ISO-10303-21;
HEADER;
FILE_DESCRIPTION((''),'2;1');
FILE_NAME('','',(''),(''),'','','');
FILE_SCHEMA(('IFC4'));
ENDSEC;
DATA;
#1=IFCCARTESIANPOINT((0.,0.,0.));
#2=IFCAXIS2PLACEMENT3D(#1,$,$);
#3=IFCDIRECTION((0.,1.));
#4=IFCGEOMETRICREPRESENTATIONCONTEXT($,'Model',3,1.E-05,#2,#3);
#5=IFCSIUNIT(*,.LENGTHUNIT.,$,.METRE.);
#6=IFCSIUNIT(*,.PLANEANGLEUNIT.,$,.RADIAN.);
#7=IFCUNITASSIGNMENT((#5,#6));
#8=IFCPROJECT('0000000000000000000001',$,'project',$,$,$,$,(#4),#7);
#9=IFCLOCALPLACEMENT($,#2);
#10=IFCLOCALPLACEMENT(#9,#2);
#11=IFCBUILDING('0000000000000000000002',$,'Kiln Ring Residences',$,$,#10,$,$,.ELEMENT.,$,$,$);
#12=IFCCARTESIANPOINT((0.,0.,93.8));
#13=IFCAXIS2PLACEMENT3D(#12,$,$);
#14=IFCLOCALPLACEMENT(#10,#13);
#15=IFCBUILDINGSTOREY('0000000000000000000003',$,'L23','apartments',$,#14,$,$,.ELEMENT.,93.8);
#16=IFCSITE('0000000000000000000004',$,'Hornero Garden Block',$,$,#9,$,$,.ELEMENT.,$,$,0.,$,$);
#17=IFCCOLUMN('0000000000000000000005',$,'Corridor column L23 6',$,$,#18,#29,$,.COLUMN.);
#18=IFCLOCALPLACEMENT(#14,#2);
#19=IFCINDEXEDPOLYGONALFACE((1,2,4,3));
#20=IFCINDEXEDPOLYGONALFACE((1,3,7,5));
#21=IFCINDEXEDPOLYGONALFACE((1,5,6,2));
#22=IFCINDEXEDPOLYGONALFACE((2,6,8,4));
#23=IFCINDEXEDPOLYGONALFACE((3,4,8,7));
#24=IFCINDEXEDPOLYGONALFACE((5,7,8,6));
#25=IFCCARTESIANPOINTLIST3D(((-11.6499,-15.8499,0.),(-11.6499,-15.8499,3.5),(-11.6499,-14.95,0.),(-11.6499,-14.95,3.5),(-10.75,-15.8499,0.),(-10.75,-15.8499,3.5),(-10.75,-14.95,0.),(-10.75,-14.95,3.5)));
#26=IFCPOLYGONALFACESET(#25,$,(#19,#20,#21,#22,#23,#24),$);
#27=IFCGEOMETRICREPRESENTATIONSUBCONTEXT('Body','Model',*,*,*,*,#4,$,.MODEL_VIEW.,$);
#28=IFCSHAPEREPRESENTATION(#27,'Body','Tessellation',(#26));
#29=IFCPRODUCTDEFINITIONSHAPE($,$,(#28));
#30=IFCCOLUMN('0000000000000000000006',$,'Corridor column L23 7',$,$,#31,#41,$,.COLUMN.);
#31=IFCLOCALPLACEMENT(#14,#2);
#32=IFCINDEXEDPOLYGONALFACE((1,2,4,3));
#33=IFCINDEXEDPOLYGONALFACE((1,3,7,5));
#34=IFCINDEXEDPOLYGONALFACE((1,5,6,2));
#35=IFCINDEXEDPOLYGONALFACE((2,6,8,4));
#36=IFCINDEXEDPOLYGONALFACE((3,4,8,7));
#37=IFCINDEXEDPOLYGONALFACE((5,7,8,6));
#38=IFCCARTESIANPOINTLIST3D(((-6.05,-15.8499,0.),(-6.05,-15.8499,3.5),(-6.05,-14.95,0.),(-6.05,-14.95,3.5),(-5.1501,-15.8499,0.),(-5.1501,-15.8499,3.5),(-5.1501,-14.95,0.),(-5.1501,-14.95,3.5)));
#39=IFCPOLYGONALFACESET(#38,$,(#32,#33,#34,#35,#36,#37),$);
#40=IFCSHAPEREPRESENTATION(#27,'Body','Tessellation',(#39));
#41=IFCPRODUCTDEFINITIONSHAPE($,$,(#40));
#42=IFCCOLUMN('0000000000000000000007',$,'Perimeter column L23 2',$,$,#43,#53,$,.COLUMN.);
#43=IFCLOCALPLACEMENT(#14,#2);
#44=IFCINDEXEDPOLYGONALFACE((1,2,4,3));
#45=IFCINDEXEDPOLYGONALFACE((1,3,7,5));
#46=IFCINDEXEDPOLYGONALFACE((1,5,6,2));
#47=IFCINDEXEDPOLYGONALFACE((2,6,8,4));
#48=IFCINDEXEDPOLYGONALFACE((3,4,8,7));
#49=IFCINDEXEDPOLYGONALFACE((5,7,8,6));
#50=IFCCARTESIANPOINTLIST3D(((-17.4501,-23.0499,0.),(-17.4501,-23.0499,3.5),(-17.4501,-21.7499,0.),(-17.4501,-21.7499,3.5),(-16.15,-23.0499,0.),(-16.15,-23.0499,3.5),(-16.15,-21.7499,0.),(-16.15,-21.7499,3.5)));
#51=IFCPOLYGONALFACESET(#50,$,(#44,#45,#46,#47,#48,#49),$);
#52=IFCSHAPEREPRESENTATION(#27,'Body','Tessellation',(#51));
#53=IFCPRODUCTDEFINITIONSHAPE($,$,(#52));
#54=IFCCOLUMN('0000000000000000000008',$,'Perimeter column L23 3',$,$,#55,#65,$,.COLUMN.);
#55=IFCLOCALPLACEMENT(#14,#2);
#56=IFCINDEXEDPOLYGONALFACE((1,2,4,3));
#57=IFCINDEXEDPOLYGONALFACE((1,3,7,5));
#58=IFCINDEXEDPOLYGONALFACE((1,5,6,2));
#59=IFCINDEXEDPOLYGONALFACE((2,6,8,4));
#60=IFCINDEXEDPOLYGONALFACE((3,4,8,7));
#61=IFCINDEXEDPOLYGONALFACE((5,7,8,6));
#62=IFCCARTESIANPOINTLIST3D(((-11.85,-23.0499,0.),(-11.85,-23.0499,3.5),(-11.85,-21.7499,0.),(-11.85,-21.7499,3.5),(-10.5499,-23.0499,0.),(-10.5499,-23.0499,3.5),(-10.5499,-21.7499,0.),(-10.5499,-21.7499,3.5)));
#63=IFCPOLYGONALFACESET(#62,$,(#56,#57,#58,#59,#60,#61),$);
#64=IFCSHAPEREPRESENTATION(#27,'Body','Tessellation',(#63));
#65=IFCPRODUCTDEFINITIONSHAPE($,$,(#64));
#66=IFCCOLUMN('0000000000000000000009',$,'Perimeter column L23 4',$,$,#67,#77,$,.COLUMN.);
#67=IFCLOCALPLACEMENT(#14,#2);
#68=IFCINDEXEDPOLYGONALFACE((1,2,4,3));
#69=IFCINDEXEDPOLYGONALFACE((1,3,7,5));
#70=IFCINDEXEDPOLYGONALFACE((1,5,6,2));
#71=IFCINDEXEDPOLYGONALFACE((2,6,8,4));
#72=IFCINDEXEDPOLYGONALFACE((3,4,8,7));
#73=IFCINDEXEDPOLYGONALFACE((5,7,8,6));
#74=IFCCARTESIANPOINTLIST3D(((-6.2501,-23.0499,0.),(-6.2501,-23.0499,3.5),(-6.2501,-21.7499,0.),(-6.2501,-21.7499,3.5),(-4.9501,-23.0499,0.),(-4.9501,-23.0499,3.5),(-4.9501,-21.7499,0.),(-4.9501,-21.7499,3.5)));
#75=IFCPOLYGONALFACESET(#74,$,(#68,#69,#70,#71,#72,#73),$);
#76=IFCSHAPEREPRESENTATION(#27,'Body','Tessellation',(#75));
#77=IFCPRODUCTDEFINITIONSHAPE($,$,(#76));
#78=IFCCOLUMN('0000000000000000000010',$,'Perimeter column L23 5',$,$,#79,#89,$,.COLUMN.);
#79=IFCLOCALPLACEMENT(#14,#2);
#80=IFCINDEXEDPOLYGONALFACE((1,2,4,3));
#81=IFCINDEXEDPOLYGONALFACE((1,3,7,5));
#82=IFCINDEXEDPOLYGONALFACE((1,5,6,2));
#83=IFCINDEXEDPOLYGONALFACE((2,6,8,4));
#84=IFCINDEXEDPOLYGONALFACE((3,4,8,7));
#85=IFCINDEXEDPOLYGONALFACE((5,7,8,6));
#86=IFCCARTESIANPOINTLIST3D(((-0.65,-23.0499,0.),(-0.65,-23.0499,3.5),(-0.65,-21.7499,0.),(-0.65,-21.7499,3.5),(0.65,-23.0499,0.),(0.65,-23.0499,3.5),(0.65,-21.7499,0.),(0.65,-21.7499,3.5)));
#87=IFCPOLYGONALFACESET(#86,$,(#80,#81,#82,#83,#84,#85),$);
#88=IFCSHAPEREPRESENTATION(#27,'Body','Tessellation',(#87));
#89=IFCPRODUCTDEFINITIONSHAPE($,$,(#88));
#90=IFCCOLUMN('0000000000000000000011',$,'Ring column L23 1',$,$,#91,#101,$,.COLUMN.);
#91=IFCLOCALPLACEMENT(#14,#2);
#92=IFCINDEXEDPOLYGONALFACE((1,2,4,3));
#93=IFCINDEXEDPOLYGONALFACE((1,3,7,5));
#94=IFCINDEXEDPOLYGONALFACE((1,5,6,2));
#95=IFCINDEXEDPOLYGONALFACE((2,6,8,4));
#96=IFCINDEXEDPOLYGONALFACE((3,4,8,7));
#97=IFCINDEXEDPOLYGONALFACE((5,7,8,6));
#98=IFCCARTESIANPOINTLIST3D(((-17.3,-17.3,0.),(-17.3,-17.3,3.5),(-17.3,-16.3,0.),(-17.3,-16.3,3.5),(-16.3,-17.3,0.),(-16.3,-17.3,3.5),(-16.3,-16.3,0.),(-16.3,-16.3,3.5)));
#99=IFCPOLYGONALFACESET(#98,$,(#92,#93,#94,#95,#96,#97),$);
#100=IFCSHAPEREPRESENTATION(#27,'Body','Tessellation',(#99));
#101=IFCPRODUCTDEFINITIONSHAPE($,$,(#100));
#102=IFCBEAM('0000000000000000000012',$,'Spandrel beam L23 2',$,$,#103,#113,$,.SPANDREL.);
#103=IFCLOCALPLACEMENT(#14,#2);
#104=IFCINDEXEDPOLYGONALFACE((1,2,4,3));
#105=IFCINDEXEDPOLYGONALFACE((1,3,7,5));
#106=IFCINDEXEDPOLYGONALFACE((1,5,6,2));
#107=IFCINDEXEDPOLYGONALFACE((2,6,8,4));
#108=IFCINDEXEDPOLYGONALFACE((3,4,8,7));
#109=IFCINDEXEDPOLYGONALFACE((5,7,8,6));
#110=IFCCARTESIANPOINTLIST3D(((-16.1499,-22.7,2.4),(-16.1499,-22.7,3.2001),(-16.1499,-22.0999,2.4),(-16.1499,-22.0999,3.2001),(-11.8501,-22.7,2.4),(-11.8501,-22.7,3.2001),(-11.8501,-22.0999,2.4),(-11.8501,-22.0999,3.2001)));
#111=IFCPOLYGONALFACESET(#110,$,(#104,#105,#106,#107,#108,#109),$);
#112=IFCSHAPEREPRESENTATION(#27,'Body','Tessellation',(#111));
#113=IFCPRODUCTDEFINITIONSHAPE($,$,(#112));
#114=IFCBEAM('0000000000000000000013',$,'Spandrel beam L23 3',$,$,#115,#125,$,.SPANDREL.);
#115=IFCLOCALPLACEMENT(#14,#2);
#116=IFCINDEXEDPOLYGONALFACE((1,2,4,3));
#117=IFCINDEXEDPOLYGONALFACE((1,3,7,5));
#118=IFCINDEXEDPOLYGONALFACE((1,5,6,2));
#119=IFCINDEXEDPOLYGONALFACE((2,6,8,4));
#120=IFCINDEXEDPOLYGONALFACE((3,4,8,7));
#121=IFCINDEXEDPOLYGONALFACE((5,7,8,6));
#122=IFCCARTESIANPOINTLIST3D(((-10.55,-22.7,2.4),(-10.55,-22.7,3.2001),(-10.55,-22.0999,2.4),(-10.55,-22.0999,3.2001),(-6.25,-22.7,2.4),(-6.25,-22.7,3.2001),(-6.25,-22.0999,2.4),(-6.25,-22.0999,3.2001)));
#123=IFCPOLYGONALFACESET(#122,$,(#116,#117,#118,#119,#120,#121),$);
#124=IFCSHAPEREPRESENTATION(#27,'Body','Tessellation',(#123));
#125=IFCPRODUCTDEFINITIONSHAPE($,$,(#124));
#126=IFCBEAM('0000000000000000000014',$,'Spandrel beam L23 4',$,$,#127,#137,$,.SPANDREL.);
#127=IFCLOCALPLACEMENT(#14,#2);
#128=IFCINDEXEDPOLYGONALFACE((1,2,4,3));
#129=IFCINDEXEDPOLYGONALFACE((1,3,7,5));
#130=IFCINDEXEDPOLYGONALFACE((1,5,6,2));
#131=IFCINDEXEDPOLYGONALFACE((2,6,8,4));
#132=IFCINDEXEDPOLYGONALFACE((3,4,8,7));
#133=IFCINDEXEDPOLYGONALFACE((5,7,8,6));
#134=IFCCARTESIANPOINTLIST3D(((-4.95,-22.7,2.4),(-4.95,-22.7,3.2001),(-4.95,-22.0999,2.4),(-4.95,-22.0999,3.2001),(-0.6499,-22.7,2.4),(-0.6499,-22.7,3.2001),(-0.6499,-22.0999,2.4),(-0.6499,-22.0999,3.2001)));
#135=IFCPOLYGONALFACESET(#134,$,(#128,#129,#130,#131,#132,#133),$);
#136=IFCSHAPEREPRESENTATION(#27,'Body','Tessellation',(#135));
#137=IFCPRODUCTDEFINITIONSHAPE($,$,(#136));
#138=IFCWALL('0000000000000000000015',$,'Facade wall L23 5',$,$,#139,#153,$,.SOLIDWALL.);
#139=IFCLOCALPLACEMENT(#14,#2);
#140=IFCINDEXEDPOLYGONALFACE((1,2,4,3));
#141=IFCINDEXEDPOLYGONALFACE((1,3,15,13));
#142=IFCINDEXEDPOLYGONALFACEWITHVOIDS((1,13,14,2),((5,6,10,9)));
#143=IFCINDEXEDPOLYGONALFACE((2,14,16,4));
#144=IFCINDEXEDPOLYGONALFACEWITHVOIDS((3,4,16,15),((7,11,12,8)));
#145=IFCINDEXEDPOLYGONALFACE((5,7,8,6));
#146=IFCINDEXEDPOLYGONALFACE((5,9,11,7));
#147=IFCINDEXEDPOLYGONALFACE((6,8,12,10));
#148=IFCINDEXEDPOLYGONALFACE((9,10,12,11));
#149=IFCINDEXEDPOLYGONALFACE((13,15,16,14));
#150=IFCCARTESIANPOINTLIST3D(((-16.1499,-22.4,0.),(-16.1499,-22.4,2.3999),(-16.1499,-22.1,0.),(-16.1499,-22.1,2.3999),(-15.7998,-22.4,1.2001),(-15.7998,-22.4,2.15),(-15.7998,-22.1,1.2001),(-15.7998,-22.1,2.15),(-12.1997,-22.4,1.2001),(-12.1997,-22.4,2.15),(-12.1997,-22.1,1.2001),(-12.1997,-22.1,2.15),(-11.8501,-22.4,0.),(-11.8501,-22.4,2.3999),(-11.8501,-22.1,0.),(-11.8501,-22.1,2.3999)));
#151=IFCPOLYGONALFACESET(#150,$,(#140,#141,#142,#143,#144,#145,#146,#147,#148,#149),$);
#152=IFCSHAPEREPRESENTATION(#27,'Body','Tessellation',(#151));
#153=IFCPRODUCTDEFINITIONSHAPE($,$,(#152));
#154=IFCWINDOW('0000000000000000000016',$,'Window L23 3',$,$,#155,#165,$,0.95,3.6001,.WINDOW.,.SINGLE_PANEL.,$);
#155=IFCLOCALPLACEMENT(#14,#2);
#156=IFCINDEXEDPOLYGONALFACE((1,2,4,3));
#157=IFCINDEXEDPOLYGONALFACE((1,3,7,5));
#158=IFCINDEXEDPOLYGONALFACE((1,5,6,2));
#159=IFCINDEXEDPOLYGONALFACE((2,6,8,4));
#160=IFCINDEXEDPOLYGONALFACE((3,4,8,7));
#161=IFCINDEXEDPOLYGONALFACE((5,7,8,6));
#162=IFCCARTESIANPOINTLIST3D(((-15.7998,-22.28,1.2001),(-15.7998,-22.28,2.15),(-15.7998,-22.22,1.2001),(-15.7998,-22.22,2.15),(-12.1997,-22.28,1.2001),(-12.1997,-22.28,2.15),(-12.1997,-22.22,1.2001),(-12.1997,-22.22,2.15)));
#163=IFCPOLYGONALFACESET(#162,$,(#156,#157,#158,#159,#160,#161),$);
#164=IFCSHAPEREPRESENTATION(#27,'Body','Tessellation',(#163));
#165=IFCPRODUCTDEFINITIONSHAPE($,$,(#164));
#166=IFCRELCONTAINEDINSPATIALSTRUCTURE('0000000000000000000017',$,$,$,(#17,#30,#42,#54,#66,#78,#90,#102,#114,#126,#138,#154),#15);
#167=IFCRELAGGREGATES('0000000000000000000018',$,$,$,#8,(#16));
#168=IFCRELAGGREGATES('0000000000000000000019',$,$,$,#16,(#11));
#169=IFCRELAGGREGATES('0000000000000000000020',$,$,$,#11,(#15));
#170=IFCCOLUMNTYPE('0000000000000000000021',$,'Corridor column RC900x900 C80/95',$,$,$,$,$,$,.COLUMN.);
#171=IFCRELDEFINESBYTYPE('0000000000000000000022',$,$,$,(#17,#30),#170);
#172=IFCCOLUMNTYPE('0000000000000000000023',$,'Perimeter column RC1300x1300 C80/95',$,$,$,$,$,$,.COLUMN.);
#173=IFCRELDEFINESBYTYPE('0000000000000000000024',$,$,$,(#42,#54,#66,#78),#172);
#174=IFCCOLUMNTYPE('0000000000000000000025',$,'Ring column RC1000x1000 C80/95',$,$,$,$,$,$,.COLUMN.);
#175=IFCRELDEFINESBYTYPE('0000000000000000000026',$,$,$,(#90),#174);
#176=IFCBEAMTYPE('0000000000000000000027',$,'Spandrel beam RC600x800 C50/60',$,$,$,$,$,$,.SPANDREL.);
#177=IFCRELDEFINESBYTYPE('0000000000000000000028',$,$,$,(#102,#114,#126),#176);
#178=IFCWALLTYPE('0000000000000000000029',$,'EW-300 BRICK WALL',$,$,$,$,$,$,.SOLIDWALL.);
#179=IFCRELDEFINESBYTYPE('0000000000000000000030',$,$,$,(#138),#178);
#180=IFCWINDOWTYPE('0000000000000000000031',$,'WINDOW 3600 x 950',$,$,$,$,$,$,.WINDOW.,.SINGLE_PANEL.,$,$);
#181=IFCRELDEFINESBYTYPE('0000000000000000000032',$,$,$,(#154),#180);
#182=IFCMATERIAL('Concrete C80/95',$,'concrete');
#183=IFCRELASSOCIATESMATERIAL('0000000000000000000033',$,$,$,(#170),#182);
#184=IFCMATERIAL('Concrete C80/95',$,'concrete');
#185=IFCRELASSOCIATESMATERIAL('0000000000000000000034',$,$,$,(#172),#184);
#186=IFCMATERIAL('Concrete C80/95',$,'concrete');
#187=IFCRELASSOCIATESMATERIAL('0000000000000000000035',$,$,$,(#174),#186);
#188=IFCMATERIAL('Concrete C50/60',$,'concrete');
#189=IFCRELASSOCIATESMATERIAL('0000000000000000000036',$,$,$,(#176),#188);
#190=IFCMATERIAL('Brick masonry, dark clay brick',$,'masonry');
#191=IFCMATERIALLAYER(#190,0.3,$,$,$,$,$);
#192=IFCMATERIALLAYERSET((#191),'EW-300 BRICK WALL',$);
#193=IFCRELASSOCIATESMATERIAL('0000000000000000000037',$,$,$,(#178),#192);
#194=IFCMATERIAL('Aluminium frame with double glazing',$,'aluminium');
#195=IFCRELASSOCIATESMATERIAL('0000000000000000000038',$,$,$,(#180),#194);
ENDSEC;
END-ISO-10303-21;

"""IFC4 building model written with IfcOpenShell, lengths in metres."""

from ifc_helpers import new_model, si_unit, direction, frame, frame_2d, origin, origin_2d, place, context, subcontext, project, spatial, rectangle, extrude, material, layer, layer_set, material_profile, profile_set, type_object, element, fill, save


model = new_model("IFC4")

# Units and contexts
model_context = context("Model", 3, precision=1e-05, world=origin(), true_north=direction((0.0, 1.0)))
body_context = subcontext(model_context, "Body", "Model", "MODEL_VIEW")
ifc_project = project(units=[si_unit("LENGTHUNIT", "METRE"), si_unit("PLANEANGLEUNIT", "RADIAN")], contexts=[model_context])

# Site, building, storey
site_placement = place(None, origin())
site = spatial("IfcSite", under=ifc_project, at=site_placement, Name="Hornero Garden Block", CompositionType="ELEMENT", RefElevation=0.0)
building_placement = place(site_placement, origin())
building = spatial("IfcBuilding", under=site, at=building_placement, Name="Kiln Ring Residences", CompositionType="ELEMENT")
storey_placement = place(building_placement, frame((0.0, 0.0, 93.8)))
storey = spatial("IfcBuildingStorey", under=building, at=storey_placement, Name="L23", Description="apartments", CompositionType="ELEMENT", Elevation=93.8)

# Columns
ifc_material_1 = material(Name="Concrete C80/95", Category="concrete")
ifc_material_profile_1 = material_profile(ifc_material_1, rectangle(XDim=0.8999, YDim=0.8999, at=origin_2d()), Name="RC900x900")
ifc_profile_set_1 = profile_set([ifc_material_profile_1], Name="Concrete C80/95")
column_type_1 = type_object("IfcColumnType", Name="Corridor column RC900x900 C80/95", PredefinedType="COLUMN", material=ifc_profile_set_1)
for number, where, z_axis, x_axis, name in (
    (1, (-11.2, -15.3999, 0.0), (0.0, 0.0, 1.0), (1.0, 0.0, 0.0), "Corridor column L23 6"),
    (2, (-5.6001, -15.3999, 0.0), (0.0, 0.0, 1.0), (1.0, 0.0, 0.0), "Corridor column L23 7"),
):
    element("IfcColumn", number, at=place(storey_placement, frame(where, z_axis=z_axis, x_axis=x_axis)), inside=storey, type_object=column_type_1, Name=name, PredefinedType="COLUMN", context=body_context, shape_type="SweptSolid", body=[
        extrude(rectangle(XDim=0.8999, YDim=0.8999, at=origin_2d()), origin(), (0.0, 0.0, 1.0), 3.5),
    ])
ifc_material_2 = material(Name="Concrete C80/95", Category="concrete")
ifc_material_profile_2 = material_profile(ifc_material_2, rectangle(XDim=1.3, YDim=1.3, at=origin_2d()), Name="RC1300x1300")
ifc_profile_set_2 = profile_set([ifc_material_profile_2], Name="Concrete C80/95")
column_type_2 = type_object("IfcColumnType", Name="Perimeter column RC1300x1300 C80/95", PredefinedType="COLUMN", material=ifc_profile_set_2)
for number, where, z_axis, x_axis, name in (
    (3, (-16.8, -22.3999, 0.0), (0.0, 0.0, 1.0), (1.0, 0.0, 0.0), "Perimeter column L23 2"),
    (4, (-11.2, -22.3999, 0.0), (0.0, 0.0, 1.0), (1.0, 0.0, 0.0), "Perimeter column L23 3"),
    (5, (-5.6001, -22.3999, 0.0), (0.0, 0.0, 1.0), (1.0, 0.0, 0.0), "Perimeter column L23 4"),
    (6, (0.0, -22.3999, 0.0), (0.0, 0.0, 1.0), (1.0, 0.0, 0.0), "Perimeter column L23 5"),
):
    element("IfcColumn", number, at=place(storey_placement, frame(where, z_axis=z_axis, x_axis=x_axis)), inside=storey, type_object=column_type_2, Name=name, PredefinedType="COLUMN", context=body_context, shape_type="SweptSolid", body=[
        extrude(rectangle(XDim=1.3, YDim=1.3, at=origin_2d()), origin(), (0.0, 0.0, 1.0), 3.5),
    ])
ifc_material_3 = material(Name="Concrete C80/95", Category="concrete")
ifc_material_profile_3 = material_profile(ifc_material_3, rectangle(XDim=1.0, YDim=1.0, at=origin_2d()), Name="RC1000x1000")
ifc_profile_set_3 = profile_set([ifc_material_profile_3], Name="Concrete C80/95")
column_type_3 = type_object("IfcColumnType", Name="Ring column RC1000x1000 C80/95", PredefinedType="COLUMN", material=ifc_profile_set_3)
column_placement = place(storey_placement, frame((-16.8, -16.8, 0.0), z_axis=(0.0, 0.0, 1.0), x_axis=(1.0, 0.0, 0.0)))
element("IfcColumn", 7, at=column_placement, inside=storey, type_object=column_type_3, Name="Ring column L23 1", PredefinedType="COLUMN", context=body_context, shape_type="SweptSolid", body=[
    extrude(rectangle(XDim=1.0, YDim=1.0, at=origin_2d()), origin(), (0.0, 0.0, 1.0), 3.5),
])

# Beams
ifc_material_4 = material(Name="Concrete C50/60", Category="concrete")
ifc_material_profile_4 = material_profile(ifc_material_4, rectangle(XDim=0.6001, YDim=0.8, at=origin_2d()), Name="RC600x800")
ifc_profile_set_4 = profile_set([ifc_material_profile_4], Name="Concrete C50/60")
beam_type = type_object("IfcBeamType", Name="Spandrel beam RC600x800 C50/60", PredefinedType="SPANDREL", material=ifc_profile_set_4)
beam_placement = place(storey_placement, frame((-16.1499, -22.3999, 2.8), z_axis=(1.0, 0.0, 0.0), x_axis=(0.0, 1.0, 0.0)))
element("IfcBeam", 8, at=beam_placement, inside=storey, type_object=beam_type, Name="Spandrel beam L23 2", PredefinedType="SPANDREL", context=body_context, shape_type="SweptSolid", body=[
    extrude(rectangle(XDim=0.6001, YDim=0.8, at=origin_2d()), origin(), (0.0, 0.0, 1.0), 4.2998),
])
for number, where, z_axis, x_axis, name in (
    (9, (-10.55, -22.3999, 2.8), (1.0, 0.0, 0.0), (0.0, 1.0, 0.0), "Spandrel beam L23 3"),
    (10, (-4.95, -22.3999, 2.8), (1.0, 0.0, 0.0), (0.0, 1.0, 0.0), "Spandrel beam L23 4"),
):
    element("IfcBeam", number, at=place(storey_placement, frame(where, z_axis=z_axis, x_axis=x_axis)), inside=storey, type_object=beam_type, Name=name, PredefinedType="SPANDREL", context=body_context, shape_type="SweptSolid", body=[
        extrude(rectangle(XDim=0.6001, YDim=0.8, at=origin_2d()), origin(), (0.0, 0.0, 1.0), 4.3),
    ])

# Wall, opening, window
ifc_material_5 = material(Name="Brick masonry, dark clay brick", Category="masonry")
ifc_layer_1 = layer(ifc_material_5, 0.3)
ifc_layer_set_1 = layer_set([ifc_layer_1], Name="EW-300 BRICK WALL")
wall_type_1 = type_object("IfcWallType", Name="EW-300 BRICK WALL", PredefinedType="SOLIDWALL", material=ifc_layer_set_1)
wall_1_placement = place(storey_placement, frame((-16.1499, -22.25, 0.0), z_axis=(0.0, 0.0, 1.0), x_axis=(1.0, 0.0, 0.0)))
wall_1 = element("IfcWall", 11, at=wall_1_placement, inside=storey, type_object=wall_type_1, Name="Facade wall L23 5", PredefinedType="SOLIDWALL", context=body_context, shape_type="SweptSolid", body=[
    extrude(rectangle(XDim=4.2998, YDim=0.3, at=frame_2d((2.1499, 0.0))), origin(), (0.0, 0.0, 1.0), 2.3999),
])
opening_1_placement = place(wall_1_placement, frame((0.3501, 0.0, 1.2)))
opening_1 = element("IfcOpeningElement", 12, at=opening_1_placement, cuts=wall_1, PredefinedType="OPENING", context=body_context, shape_type="SweptSolid", body=[
    extrude(rectangle(XDim=3.6001, YDim=0.95, at=frame_2d((1.8, 0.4751))), frame((0.0, 0.1599, 0.0), z_axis=(0.0, -1.0, 0.0), x_axis=(1.0, 0.0, 0.0)), (0.0, 0.0, 1.0), 0.3201),
])
ifc_material_6 = material(Name="Aluminium frame with double glazing", Category="aluminium")
window_type = type_object("IfcWindowType", Name="WINDOW 3600 x 950", PartitioningType="SINGLE_PANEL", PredefinedType="WINDOW", material=ifc_material_6)
window_1_placement = place(opening_1_placement, origin())
window_1 = element("IfcWindow", 13, at=window_1_placement, inside=storey, type_object=window_type, Name="Window L23 3", OverallHeight=0.95, OverallWidth=3.6001, PartitioningType="SINGLE_PANEL", PredefinedType="WINDOW", context=body_context, shape_type="SweptSolid", body=[
    extrude(rectangle(XDim=3.6001, YDim=0.95, at=frame_2d((1.8, 0.4751))), frame((0.0, 0.03, 0.0), z_axis=(0.0, -1.0, 0.0), x_axis=(1.0, 0.0, 0.0)), (0.0, 0.0, 1.0), 0.0601),
])
fill(opening_1, window_1)

save(model, "model.ifc")
